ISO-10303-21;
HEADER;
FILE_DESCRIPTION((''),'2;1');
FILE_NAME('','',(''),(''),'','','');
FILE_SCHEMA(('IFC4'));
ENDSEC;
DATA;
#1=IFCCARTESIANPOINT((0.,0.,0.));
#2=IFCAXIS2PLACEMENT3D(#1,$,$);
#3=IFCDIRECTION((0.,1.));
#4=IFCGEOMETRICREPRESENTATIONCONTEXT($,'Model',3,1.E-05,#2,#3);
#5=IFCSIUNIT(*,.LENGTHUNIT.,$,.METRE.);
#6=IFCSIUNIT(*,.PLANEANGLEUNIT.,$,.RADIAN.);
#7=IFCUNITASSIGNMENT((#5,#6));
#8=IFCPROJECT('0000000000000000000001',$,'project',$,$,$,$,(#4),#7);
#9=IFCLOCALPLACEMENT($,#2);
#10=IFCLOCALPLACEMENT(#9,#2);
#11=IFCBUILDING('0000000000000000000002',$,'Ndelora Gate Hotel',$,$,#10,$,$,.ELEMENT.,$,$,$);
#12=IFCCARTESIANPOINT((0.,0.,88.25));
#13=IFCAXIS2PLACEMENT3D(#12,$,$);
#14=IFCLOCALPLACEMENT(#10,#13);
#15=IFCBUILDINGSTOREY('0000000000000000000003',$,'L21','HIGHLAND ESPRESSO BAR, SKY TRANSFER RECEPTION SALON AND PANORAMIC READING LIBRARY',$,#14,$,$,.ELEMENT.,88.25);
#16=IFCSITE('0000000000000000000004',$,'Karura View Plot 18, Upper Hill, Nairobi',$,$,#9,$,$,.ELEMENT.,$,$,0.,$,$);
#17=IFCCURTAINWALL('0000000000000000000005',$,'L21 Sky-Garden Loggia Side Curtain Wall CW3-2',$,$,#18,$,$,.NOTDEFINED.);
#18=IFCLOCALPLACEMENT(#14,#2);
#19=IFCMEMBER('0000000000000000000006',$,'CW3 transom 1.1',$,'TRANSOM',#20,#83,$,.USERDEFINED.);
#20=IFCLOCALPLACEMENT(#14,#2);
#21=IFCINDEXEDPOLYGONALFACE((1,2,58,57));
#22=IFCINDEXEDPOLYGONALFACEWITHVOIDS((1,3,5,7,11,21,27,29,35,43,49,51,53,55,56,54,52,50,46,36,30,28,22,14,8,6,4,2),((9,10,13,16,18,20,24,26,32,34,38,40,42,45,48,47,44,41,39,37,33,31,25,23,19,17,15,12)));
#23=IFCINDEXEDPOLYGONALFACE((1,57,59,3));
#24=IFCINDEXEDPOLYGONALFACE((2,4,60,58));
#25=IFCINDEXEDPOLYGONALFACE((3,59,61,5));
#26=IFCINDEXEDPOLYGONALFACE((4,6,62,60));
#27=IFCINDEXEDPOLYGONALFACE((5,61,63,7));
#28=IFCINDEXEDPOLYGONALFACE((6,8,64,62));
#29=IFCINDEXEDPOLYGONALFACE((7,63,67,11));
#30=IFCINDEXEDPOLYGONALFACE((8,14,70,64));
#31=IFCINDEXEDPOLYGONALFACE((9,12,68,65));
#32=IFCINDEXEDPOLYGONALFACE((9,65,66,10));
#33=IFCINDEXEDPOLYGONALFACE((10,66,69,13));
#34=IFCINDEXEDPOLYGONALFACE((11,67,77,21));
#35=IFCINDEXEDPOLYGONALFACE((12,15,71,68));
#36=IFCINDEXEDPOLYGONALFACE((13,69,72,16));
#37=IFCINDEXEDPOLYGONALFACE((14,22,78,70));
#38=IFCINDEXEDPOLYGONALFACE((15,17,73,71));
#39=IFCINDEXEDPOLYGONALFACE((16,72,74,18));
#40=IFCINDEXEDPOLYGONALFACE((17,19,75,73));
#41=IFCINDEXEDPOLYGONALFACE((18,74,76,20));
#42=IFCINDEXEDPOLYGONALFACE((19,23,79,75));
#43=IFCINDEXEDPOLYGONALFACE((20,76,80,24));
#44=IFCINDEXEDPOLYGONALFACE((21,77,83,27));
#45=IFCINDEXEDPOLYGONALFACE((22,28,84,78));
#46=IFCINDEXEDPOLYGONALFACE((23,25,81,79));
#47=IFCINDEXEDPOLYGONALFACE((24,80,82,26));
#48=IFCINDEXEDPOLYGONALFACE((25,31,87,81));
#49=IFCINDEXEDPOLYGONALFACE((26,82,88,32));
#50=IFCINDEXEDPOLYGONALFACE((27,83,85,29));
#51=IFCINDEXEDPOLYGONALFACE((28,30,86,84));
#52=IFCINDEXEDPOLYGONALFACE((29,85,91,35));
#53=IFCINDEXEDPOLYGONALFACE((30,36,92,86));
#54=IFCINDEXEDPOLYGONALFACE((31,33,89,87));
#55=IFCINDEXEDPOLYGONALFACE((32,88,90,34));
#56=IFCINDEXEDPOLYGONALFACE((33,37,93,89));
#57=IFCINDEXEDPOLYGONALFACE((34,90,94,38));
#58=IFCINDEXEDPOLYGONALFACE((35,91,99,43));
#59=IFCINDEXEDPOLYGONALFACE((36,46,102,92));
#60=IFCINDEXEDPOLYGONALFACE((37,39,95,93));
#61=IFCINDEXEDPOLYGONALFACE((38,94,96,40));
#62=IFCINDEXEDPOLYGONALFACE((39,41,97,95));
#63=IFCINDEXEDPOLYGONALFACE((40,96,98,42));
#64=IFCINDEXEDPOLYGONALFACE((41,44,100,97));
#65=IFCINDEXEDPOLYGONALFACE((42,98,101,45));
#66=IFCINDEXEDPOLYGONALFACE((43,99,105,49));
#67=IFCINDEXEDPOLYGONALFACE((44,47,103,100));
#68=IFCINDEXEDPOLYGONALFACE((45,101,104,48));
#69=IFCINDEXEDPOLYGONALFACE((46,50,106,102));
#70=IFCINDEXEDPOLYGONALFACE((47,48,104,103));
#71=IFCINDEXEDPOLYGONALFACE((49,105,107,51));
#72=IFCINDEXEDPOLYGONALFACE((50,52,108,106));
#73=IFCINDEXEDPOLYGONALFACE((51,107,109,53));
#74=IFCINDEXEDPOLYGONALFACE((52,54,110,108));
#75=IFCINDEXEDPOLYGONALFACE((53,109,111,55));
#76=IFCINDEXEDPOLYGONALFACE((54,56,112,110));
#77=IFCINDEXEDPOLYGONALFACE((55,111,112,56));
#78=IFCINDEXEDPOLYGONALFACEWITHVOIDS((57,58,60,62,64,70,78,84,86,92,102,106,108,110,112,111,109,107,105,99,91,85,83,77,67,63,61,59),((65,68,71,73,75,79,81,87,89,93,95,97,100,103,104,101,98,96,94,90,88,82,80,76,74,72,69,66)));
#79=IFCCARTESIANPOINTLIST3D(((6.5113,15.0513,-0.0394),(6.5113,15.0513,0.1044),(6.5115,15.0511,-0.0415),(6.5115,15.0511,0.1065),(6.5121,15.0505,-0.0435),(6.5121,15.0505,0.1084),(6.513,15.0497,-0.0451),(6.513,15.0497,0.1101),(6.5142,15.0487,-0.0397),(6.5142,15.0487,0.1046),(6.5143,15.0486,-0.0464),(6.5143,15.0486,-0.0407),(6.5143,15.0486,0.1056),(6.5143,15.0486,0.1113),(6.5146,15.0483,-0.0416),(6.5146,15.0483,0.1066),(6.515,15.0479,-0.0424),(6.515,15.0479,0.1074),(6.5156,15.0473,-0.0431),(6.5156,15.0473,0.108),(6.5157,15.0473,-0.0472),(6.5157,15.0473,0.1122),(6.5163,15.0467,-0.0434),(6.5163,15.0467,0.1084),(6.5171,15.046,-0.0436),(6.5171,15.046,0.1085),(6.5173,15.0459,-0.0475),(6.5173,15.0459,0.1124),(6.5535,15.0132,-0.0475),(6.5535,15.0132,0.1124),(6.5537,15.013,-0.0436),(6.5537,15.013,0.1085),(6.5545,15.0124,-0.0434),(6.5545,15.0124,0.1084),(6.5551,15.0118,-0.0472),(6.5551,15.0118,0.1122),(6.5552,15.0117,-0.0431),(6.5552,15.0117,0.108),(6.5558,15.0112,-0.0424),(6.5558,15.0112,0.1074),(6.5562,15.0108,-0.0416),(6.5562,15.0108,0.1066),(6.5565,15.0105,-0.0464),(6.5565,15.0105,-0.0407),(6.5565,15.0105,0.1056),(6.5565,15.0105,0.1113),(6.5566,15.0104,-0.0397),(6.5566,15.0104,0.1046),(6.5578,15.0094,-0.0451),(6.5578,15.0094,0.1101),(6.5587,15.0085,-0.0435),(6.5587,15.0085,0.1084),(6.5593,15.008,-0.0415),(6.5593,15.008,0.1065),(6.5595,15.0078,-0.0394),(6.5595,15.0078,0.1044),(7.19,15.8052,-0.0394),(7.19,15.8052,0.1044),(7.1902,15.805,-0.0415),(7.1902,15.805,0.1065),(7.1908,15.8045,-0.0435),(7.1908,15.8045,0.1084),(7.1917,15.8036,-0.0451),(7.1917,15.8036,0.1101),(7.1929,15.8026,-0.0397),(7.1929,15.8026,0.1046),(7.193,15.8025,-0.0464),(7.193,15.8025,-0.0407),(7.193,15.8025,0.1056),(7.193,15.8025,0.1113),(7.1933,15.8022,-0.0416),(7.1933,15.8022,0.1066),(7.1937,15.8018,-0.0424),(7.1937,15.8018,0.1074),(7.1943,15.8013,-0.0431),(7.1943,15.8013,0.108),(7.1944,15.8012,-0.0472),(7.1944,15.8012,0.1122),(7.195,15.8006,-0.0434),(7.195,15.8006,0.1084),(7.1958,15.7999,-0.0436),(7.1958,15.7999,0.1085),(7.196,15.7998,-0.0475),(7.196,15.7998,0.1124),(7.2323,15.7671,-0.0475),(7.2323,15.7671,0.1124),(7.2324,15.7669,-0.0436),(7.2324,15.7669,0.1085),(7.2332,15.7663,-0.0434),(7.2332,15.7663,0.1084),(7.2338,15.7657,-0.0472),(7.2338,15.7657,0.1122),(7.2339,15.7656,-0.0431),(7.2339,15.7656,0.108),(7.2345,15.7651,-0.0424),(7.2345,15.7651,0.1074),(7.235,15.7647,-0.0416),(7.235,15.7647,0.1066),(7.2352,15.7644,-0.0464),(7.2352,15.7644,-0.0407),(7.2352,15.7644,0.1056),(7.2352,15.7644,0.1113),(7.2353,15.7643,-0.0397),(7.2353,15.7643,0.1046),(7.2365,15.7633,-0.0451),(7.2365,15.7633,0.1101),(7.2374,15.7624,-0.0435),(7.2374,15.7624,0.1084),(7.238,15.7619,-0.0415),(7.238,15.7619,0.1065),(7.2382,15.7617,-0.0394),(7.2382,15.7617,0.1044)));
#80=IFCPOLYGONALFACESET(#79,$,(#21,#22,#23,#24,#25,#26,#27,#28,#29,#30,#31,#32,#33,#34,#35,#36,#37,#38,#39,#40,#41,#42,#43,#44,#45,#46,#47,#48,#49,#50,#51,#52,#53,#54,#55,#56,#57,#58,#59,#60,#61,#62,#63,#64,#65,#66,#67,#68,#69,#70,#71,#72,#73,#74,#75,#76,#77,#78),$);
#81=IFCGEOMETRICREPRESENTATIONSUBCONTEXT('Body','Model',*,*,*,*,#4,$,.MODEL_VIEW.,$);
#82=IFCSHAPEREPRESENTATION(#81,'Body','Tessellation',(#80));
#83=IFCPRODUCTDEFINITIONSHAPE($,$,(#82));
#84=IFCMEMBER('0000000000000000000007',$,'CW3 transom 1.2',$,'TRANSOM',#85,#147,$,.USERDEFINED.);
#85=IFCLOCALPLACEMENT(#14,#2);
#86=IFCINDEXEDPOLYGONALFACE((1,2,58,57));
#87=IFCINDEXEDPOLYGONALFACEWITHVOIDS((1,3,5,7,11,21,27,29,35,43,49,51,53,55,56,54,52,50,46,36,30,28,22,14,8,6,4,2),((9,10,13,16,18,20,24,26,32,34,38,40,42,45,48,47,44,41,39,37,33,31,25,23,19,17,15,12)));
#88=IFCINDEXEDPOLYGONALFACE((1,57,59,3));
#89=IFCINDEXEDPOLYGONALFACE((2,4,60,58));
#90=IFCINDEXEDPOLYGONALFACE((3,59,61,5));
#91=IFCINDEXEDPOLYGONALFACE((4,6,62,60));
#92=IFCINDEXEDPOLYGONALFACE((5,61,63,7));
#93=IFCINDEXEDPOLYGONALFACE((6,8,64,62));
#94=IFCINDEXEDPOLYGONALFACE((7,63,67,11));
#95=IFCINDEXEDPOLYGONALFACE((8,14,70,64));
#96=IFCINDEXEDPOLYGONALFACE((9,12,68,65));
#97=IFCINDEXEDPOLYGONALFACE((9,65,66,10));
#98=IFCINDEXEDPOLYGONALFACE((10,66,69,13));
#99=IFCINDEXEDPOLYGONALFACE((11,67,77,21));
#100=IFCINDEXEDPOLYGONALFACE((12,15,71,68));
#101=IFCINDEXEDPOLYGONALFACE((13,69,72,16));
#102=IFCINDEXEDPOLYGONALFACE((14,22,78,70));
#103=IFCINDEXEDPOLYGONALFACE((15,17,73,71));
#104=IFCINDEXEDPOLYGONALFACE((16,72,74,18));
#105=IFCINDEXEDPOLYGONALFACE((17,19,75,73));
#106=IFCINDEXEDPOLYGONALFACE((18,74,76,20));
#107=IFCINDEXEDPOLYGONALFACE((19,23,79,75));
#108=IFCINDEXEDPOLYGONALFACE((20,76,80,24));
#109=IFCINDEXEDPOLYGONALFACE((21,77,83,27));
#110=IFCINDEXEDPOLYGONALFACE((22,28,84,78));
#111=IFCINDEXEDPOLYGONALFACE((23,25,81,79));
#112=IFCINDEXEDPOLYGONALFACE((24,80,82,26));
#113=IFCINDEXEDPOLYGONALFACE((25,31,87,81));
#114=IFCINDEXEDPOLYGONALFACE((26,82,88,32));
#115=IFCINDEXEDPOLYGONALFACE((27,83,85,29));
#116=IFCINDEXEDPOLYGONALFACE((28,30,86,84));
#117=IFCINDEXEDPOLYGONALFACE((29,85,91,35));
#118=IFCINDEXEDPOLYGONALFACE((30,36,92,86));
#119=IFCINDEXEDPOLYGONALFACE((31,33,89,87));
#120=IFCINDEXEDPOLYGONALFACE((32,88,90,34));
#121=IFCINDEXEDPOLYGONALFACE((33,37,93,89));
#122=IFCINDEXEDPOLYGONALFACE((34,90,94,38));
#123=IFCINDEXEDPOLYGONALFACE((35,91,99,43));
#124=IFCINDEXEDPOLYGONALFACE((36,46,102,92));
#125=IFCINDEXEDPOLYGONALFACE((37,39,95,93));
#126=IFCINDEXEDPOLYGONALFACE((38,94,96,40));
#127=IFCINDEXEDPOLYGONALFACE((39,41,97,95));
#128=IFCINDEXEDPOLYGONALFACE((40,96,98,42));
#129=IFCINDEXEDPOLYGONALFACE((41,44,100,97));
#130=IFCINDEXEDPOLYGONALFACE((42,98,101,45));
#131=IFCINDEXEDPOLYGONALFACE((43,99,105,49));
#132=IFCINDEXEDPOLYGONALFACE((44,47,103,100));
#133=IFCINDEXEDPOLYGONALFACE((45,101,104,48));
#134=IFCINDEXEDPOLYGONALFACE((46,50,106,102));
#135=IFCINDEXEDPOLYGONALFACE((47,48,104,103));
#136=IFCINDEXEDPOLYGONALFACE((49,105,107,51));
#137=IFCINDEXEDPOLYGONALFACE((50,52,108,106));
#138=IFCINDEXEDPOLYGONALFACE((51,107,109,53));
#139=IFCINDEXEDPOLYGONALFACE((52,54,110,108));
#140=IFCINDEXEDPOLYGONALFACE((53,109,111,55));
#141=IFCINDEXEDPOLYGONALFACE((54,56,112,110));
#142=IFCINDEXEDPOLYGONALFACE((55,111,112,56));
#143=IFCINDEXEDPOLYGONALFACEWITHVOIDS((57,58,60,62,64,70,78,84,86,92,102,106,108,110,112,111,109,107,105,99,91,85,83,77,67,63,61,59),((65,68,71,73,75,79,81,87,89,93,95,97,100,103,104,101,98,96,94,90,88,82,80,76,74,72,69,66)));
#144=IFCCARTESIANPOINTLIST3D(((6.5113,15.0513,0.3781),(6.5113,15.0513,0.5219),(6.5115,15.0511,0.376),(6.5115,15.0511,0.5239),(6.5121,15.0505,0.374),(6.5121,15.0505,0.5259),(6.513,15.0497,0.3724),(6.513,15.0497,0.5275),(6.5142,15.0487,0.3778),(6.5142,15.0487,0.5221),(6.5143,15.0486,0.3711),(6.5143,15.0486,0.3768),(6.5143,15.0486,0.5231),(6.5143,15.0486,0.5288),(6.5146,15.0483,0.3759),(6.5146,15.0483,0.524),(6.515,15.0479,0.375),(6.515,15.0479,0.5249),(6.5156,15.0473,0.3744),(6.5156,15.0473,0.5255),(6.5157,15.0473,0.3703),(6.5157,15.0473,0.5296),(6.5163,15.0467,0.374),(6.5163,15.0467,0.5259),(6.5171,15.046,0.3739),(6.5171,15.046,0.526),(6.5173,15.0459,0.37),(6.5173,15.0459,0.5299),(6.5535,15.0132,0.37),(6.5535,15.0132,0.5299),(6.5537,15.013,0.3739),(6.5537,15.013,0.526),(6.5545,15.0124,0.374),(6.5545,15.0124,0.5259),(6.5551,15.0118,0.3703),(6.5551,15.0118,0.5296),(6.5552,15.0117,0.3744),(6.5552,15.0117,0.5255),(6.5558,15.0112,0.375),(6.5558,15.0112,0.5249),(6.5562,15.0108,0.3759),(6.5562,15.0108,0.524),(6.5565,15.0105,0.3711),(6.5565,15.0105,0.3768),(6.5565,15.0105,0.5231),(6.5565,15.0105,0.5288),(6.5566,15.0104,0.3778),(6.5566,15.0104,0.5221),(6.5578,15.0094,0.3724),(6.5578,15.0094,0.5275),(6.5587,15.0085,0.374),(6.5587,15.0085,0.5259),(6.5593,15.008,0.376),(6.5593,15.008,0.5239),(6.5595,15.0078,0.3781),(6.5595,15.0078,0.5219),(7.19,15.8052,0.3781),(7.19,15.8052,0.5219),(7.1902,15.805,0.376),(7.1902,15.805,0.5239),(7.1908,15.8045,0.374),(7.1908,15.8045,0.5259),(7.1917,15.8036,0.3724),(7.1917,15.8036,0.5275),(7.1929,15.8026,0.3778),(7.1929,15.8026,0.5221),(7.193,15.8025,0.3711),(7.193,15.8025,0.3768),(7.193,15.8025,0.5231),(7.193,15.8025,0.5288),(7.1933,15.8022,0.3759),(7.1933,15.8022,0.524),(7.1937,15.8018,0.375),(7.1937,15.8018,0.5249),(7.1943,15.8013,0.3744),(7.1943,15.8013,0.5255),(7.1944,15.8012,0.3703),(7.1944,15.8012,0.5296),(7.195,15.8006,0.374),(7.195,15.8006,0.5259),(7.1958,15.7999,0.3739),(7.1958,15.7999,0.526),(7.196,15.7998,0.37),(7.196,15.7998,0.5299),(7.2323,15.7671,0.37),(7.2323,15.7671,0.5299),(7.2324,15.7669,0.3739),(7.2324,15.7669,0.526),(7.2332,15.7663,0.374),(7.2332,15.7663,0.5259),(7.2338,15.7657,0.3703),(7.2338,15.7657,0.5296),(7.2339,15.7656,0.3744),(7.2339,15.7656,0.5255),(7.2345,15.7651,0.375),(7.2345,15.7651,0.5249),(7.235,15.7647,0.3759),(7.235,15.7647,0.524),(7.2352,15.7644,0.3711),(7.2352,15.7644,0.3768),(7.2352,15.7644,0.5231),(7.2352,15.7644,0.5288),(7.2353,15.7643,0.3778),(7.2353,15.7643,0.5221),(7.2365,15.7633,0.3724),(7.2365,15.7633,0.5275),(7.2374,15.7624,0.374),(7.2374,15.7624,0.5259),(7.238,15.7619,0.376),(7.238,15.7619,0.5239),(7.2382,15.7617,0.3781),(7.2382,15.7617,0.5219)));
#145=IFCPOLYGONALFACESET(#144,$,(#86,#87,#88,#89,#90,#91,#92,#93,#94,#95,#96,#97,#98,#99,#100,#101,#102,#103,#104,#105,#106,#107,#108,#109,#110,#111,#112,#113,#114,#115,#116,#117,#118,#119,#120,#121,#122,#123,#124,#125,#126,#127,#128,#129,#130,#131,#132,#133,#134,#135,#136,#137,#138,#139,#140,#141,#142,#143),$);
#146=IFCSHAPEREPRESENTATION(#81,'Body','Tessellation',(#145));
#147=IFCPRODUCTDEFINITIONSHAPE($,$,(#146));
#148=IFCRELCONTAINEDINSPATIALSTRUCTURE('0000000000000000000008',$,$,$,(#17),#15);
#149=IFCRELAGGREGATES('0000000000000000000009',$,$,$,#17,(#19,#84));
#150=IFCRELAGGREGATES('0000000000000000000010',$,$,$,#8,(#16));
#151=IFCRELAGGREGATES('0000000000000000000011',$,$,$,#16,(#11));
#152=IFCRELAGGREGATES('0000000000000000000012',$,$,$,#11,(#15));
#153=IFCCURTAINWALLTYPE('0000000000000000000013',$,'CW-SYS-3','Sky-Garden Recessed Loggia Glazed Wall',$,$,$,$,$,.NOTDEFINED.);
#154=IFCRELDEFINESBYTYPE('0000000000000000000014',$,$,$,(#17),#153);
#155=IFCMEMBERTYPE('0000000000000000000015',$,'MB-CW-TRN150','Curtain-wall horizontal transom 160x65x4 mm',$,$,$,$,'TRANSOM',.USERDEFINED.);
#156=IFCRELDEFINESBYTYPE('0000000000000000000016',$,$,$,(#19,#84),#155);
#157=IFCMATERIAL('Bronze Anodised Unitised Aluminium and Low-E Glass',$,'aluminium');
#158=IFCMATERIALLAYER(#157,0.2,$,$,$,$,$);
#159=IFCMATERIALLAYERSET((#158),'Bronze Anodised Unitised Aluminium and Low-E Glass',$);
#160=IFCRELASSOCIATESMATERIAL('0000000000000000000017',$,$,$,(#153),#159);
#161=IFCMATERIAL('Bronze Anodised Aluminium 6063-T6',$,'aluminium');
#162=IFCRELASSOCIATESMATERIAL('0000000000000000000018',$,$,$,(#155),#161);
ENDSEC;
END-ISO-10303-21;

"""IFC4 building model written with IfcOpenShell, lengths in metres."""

from ifc_helpers import new_model, si_unit, direction, frame, origin, origin_2d, place, context, subcontext, project, spatial, hollow_rectangle, extrude, material, layer, layer_set, material_profile, profile_set, type_object, element, aggregate, save


model = new_model("IFC4")

# Units and contexts
model_context = context("Model", 3, precision=1e-05, world=origin(), true_north=direction((0.0, 1.0)))
body_context = subcontext(model_context, "Body", "Model", "MODEL_VIEW")
ifc_project = project(units=[si_unit("LENGTHUNIT", "METRE"), si_unit("PLANEANGLEUNIT", "RADIAN")], contexts=[model_context])

# Site, building, storey
site_placement = place(None, origin())
site = spatial("IfcSite", under=ifc_project, at=site_placement, Name="Karura View Plot 18, Upper Hill, Nairobi", CompositionType="ELEMENT", RefElevation=0.0)
building_placement = place(site_placement, origin())
building = spatial("IfcBuilding", under=site, at=building_placement, Name="Ndelora Gate Hotel", CompositionType="ELEMENT")
storey_placement = place(building_placement, frame((0.0, 0.0, 88.25)))
storey = spatial("IfcBuildingStorey", under=building, at=storey_placement, Name="L21", Description="HIGHLAND ESPRESSO BAR, SKY TRANSFER RECEPTION SALON AND PANORAMIC READING LIBRARY", CompositionType="ELEMENT", Elevation=88.25)

# Curtain wall
ifc_material_1 = material(Name="Bronze Anodised Unitised Aluminium and Low-E Glass", Category="aluminium")
ifc_layer_1 = layer(ifc_material_1, 0.2)
ifc_layer_set_1 = layer_set([ifc_layer_1], Name="Bronze Anodised Unitised Aluminium and Low-E Glass")
curtain_wall_type = type_object("IfcCurtainWallType", Name="CW-SYS-3", Description="Sky-Garden Recessed Loggia Glazed Wall", PredefinedType="NOTDEFINED", material=ifc_layer_set_1)
ifc_material_2 = material(Name="Bronze Anodised Aluminium 6063-T6", Category="aluminium")
curtain_wall_1_placement = place(storey_placement, origin())
curtain_wall_1 = element("IfcCurtainWall", 1, at=curtain_wall_1_placement, inside=storey, type_object=curtain_wall_type, Name="L21 Sky-Garden Loggia Side Curtain Wall CW3-2", PredefinedType="NOTDEFINED")

# Members
ifc_material_profile_1 = material_profile(ifc_material_2, hollow_rectangle(XDim=0.0649, YDim=0.1599, WallThickness=0.0039, InnerFilletRadius=0.0039, OuterFilletRadius=0.0081, at=origin_2d()), Name="ALU 160x65x4")
ifc_profile_set_1 = profile_set([ifc_material_profile_1], Name="Bronze Anodised Aluminium 6063-T6")
member_type_1 = type_object("IfcMemberType", Name="MB-CW-TRN150", Description="Curtain-wall horizontal transom 160x65x4 mm", ElementType="TRANSOM", PredefinedType="USERDEFINED", material=ifc_profile_set_1)
member_1_placement = place(storey_placement, frame((7.2141, 15.7834, 0.0325), z_axis=(-0.669071, -0.743198, 0.0), x_axis=(0.743198, -0.669071, 0.0)))
member_1 = element("IfcMember", 2, at=member_1_placement, type_object=member_type_1, Name="CW3 transom 1.1", ObjectType="TRANSOM", PredefinedType="USERDEFINED", context=body_context, shape_type="SweptSolid", body=[
    extrude(hollow_rectangle(XDim=0.0649, YDim=0.1599, WallThickness=0.0039, InnerFilletRadius=0.0039, OuterFilletRadius=0.0081, at=origin_2d()), origin(), (0.0, 0.0, 1.0), 1.0144),
])
member_2_placement = place(storey_placement, frame((7.2141, 15.7834, 0.45), z_axis=(-0.669071, -0.743198, 0.0), x_axis=(0.743198, -0.669071, 0.0)))
member_2 = element("IfcMember", 3, at=member_2_placement, type_object=member_type_1, Name="CW3 transom 1.2", ObjectType="TRANSOM", PredefinedType="USERDEFINED", context=body_context, shape_type="SweptSolid", body=[
    extrude(hollow_rectangle(XDim=0.0649, YDim=0.1599, WallThickness=0.0039, InnerFilletRadius=0.0039, OuterFilletRadius=0.0081, at=origin_2d()), origin(), (0.0, 0.0, 1.0), 1.0144),
])

aggregate(curtain_wall_1, [member_1, member_2])

save(model, "model.ifc")
